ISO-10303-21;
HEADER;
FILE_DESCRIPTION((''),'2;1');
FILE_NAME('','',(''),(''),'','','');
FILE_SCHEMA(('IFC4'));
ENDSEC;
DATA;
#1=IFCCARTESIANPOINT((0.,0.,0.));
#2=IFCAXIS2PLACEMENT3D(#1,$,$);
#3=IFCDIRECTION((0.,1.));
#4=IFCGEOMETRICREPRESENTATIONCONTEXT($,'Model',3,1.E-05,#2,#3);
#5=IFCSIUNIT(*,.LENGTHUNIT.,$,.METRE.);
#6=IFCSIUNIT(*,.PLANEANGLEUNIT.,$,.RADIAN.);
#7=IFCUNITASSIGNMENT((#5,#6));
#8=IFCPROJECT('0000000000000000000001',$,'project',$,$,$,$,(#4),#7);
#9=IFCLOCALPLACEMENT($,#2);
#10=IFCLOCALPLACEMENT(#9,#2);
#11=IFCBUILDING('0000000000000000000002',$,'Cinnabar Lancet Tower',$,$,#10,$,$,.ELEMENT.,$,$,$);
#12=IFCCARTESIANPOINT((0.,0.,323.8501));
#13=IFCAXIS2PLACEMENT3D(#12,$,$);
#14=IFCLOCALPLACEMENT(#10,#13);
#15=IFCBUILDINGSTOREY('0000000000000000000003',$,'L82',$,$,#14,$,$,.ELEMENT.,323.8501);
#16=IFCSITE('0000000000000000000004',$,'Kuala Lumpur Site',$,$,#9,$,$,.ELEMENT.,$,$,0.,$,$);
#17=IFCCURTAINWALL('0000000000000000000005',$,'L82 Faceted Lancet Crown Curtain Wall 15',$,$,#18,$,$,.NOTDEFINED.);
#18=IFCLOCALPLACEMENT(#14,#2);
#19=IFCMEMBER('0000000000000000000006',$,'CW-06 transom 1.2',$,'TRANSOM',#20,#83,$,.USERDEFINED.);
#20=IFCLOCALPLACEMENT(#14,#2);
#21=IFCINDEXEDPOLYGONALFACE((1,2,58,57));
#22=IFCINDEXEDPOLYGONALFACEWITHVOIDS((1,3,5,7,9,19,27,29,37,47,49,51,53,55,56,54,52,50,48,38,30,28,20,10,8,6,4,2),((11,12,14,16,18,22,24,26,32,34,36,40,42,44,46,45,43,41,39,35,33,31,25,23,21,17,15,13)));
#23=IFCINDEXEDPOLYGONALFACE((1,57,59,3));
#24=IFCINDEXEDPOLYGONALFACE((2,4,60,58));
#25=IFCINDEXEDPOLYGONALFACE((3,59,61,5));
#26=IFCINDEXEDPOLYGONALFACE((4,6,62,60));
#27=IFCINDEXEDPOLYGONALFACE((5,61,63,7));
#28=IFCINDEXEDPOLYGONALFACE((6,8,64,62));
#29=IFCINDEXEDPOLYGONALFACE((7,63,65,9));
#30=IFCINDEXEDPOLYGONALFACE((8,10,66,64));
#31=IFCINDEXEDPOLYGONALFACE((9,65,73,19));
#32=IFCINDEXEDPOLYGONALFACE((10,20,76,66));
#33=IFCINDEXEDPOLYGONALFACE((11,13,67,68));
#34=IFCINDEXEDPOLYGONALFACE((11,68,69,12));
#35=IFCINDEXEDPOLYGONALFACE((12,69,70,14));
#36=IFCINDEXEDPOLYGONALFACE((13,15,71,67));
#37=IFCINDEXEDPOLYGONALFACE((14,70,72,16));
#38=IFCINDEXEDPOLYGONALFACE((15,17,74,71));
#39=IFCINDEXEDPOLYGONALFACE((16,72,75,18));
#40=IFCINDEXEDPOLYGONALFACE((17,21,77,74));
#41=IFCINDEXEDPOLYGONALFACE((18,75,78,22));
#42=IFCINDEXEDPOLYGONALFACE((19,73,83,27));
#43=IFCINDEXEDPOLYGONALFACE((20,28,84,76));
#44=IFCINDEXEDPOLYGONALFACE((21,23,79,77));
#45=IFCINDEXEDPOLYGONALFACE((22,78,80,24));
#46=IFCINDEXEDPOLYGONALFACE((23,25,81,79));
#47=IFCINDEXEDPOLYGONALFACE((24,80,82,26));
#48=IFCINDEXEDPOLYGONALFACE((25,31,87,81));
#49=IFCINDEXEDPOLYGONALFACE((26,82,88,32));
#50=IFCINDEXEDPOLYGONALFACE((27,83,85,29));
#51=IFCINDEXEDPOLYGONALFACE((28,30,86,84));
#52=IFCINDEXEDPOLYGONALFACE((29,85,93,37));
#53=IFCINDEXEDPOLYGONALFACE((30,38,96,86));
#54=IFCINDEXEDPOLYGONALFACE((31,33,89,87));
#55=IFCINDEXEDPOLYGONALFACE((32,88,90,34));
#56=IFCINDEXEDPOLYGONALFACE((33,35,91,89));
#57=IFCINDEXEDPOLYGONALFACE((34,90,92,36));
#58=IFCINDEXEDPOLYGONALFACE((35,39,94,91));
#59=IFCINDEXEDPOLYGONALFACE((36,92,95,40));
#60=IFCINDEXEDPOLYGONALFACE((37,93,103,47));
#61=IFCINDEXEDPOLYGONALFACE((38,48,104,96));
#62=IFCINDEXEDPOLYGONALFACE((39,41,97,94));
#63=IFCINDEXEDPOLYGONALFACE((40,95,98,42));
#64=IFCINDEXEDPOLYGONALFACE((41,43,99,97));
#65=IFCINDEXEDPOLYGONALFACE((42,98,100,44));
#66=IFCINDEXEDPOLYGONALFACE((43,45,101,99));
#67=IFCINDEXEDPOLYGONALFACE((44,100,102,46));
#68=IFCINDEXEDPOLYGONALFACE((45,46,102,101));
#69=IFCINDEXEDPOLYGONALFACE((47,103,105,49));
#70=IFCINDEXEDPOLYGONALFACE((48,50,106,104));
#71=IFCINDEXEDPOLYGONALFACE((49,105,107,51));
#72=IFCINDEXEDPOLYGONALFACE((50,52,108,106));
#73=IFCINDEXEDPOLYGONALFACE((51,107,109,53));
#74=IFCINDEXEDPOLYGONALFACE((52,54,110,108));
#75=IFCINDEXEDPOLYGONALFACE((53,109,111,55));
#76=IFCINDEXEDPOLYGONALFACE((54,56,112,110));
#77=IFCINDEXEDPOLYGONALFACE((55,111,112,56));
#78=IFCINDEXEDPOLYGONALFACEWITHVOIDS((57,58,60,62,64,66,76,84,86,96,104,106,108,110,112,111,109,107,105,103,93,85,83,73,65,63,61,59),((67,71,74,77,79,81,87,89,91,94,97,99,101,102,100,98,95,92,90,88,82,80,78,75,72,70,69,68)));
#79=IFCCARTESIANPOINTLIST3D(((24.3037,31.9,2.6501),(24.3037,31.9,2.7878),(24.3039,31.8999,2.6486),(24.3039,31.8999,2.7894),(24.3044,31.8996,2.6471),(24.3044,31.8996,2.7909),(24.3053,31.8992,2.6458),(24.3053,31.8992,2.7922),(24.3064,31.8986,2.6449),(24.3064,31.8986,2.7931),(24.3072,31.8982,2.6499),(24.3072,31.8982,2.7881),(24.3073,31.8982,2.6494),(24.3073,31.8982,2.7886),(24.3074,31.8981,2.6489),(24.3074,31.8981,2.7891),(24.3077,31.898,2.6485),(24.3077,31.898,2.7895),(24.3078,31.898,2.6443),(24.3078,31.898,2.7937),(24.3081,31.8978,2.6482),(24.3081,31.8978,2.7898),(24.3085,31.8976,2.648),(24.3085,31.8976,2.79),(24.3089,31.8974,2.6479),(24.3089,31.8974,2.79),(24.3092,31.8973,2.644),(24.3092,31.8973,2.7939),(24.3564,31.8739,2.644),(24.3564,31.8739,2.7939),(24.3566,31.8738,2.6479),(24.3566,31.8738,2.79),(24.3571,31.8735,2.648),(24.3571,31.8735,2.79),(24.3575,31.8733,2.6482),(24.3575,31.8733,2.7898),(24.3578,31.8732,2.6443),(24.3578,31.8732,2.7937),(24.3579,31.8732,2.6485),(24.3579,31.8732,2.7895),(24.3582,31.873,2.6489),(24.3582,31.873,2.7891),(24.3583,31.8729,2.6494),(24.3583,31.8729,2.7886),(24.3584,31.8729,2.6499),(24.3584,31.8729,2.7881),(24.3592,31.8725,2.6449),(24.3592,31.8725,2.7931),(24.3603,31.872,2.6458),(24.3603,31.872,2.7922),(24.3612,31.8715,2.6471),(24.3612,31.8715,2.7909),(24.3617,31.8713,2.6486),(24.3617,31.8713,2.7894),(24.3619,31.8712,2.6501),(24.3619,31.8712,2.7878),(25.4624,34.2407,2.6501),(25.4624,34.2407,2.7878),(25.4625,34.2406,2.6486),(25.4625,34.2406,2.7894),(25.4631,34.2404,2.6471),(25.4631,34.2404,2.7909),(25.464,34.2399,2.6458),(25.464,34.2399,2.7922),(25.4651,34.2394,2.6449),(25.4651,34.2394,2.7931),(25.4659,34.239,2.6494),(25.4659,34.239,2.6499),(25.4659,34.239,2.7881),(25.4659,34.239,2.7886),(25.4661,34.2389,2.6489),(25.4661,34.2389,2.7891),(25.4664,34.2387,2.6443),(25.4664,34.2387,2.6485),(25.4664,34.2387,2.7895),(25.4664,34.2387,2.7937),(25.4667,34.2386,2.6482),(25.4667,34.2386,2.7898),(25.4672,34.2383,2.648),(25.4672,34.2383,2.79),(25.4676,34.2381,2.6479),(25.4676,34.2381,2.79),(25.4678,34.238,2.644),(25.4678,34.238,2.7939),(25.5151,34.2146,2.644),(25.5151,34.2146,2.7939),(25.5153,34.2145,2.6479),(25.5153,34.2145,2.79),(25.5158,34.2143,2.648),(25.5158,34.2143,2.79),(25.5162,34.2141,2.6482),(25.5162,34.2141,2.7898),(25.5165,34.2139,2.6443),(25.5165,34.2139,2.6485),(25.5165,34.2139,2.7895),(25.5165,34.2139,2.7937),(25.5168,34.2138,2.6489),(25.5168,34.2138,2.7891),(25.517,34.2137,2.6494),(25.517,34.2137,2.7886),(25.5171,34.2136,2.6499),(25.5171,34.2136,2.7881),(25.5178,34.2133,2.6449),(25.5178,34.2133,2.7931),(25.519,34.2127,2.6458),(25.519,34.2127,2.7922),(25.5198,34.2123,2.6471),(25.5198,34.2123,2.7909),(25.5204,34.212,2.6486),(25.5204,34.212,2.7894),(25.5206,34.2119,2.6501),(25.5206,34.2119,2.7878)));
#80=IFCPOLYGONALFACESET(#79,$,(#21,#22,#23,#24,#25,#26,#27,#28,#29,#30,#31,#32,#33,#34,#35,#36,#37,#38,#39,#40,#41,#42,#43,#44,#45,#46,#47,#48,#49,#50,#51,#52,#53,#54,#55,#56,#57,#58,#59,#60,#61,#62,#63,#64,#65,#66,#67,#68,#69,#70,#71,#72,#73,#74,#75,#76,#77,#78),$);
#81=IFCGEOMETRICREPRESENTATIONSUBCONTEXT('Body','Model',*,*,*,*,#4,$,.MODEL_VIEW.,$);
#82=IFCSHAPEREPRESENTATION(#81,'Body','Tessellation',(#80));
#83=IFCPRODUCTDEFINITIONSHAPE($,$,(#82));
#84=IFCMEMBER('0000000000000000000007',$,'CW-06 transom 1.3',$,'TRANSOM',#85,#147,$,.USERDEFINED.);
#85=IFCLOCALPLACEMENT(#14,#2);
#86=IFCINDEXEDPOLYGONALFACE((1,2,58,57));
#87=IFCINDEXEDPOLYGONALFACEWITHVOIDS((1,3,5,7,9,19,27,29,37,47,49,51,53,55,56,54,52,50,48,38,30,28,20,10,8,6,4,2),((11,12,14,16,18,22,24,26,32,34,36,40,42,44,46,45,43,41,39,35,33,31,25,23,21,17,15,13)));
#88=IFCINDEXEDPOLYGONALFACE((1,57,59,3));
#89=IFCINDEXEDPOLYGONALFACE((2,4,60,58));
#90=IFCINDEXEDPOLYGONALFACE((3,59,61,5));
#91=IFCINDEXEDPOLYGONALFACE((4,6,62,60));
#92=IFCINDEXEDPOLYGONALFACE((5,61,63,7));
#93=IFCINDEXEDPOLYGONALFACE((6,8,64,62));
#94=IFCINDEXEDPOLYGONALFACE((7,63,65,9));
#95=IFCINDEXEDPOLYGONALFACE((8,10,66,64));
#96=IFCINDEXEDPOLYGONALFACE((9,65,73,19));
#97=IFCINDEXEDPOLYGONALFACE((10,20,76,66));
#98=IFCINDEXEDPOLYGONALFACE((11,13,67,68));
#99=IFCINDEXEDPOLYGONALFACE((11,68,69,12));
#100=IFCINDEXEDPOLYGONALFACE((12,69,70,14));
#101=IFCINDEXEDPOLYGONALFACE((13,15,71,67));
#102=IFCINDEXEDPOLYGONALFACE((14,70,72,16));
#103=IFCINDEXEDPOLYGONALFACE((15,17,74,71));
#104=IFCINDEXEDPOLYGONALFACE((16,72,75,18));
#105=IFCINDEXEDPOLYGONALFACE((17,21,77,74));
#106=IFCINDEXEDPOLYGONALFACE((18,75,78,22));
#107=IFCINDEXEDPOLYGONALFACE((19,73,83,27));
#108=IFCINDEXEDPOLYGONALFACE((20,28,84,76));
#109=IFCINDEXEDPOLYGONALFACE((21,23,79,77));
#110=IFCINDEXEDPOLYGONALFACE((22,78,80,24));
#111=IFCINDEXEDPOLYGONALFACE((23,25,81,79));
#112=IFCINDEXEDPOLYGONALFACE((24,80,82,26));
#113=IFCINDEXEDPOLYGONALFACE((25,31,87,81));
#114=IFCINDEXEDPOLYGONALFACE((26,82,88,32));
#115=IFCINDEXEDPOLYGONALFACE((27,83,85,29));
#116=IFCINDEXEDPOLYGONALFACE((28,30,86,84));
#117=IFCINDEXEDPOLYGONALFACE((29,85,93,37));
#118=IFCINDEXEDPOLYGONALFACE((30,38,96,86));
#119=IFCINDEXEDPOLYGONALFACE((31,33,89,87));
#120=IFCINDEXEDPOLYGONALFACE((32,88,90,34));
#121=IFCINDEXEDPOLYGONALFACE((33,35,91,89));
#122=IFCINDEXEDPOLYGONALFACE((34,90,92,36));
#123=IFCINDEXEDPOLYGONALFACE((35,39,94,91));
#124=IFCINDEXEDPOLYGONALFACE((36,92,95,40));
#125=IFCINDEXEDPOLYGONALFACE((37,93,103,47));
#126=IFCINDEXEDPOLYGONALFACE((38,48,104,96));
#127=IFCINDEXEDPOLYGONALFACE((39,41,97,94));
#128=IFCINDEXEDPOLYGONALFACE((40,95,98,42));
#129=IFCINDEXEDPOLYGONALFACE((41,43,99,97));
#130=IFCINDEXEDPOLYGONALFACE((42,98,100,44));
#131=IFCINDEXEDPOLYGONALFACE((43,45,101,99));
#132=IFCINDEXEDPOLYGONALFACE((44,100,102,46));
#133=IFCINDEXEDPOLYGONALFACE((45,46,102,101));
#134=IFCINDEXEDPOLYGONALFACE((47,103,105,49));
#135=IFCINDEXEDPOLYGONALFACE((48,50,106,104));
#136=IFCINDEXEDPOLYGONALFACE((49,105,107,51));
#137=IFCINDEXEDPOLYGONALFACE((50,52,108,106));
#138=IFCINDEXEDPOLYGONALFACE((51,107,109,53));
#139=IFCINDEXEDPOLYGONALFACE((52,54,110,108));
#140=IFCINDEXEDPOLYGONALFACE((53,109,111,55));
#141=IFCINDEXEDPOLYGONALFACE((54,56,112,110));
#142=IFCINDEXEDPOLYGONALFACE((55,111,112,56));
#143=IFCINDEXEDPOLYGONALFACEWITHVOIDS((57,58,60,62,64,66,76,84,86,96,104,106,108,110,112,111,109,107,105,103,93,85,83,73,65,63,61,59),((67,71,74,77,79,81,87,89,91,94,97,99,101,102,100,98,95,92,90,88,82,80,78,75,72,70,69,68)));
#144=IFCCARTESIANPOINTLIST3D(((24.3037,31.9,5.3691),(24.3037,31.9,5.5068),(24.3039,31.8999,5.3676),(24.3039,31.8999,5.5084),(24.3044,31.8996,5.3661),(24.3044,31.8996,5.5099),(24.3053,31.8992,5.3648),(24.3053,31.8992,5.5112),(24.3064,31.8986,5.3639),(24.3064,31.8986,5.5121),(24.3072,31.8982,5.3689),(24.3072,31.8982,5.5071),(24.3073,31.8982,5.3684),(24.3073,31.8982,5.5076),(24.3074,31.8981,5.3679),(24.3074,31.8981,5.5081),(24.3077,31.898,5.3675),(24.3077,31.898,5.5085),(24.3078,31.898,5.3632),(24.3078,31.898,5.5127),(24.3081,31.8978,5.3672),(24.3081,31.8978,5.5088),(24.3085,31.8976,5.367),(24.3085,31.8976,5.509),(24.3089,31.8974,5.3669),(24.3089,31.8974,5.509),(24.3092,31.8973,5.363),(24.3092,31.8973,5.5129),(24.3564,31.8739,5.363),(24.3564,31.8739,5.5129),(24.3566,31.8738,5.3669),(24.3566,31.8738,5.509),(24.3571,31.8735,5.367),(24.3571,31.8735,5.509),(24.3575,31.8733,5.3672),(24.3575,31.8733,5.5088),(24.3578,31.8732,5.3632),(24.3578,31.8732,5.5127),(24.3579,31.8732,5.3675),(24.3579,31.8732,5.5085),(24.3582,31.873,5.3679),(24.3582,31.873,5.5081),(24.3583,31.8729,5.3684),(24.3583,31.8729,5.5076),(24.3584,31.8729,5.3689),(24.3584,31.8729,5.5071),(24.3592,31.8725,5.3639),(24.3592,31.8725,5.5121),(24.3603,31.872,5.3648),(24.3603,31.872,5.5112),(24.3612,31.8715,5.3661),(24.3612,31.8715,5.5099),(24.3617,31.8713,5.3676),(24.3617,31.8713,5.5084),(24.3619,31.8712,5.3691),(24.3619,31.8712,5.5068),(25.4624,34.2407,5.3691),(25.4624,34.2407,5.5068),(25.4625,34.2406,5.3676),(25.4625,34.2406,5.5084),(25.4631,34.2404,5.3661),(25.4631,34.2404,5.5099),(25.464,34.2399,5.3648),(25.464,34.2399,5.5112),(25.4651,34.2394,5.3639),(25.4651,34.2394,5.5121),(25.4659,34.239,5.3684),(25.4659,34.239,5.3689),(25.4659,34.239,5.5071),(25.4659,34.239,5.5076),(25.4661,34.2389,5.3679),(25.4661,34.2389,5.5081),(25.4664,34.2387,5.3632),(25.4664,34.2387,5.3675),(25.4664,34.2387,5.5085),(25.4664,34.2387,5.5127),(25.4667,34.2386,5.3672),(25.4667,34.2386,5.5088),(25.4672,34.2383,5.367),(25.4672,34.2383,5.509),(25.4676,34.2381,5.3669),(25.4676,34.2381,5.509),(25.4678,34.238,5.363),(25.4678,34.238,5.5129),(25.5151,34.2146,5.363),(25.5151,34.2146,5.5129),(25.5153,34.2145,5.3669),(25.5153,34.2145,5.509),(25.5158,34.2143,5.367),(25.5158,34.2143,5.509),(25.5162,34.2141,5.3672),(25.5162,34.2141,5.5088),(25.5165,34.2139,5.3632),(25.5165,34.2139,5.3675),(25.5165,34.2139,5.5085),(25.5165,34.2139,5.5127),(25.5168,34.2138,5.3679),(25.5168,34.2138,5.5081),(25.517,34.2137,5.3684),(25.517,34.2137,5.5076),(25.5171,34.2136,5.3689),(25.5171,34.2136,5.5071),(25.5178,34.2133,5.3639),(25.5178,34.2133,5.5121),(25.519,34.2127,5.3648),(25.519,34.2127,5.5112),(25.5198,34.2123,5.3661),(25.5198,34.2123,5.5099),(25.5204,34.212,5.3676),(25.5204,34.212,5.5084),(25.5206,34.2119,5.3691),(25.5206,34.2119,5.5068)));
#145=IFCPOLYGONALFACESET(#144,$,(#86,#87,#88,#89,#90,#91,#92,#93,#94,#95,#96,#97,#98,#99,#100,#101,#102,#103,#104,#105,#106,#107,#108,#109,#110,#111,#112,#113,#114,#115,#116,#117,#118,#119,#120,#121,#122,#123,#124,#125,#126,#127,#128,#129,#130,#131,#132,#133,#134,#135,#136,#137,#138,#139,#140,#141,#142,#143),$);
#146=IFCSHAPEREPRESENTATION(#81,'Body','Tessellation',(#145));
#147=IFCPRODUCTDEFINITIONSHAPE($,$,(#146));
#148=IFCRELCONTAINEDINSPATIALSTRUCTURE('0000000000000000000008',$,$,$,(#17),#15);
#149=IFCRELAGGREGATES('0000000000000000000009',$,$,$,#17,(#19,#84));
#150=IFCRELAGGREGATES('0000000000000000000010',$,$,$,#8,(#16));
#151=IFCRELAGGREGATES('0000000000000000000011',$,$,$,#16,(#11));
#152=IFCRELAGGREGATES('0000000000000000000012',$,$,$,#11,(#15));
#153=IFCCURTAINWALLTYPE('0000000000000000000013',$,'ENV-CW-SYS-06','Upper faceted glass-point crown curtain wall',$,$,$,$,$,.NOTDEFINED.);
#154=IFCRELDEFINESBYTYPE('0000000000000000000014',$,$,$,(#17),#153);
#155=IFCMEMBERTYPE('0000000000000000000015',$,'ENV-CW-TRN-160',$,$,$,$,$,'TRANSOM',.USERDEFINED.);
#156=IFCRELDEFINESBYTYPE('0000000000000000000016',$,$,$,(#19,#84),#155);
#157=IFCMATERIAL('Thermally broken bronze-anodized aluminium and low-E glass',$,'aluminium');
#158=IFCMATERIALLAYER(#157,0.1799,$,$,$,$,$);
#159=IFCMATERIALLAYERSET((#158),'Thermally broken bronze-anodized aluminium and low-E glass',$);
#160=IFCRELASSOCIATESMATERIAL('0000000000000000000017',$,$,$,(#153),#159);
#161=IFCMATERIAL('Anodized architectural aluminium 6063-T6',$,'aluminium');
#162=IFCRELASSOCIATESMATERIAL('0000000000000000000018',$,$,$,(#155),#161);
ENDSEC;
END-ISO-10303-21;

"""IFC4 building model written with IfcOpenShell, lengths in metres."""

from ifc_helpers import new_model, si_unit, direction, frame, origin, origin_2d, place, context, subcontext, project, spatial, hollow_rectangle, extrude, material, layer, layer_set, material_profile, profile_set, type_object, element, aggregate, save


model = new_model("IFC4")

# Units and contexts
model_context = context("Model", 3, precision=1e-05, world=origin(), true_north=direction((0.0, 1.0)))
body_context = subcontext(model_context, "Body", "Model", "MODEL_VIEW")
ifc_project = project(units=[si_unit("LENGTHUNIT", "METRE"), si_unit("PLANEANGLEUNIT", "RADIAN")], contexts=[model_context])

# Site, building, storey
site_placement = place(None, origin())
site = spatial("IfcSite", under=ifc_project, at=site_placement, Name="Kuala Lumpur Site", CompositionType="ELEMENT", RefElevation=0.0)
building_placement = place(site_placement, origin())
building = spatial("IfcBuilding", under=site, at=building_placement, Name="Cinnabar Lancet Tower", CompositionType="ELEMENT")
storey_placement = place(building_placement, frame((0.0, 0.0, 323.8501)))
storey = spatial("IfcBuildingStorey", under=building, at=storey_placement, Name="L82", CompositionType="ELEMENT", Elevation=323.8501)

# Shared definitions
ifc_material_1 = material(Name="Thermally broken bronze-anodized aluminium and low-E glass", Category="aluminium")
ifc_layer_1 = layer(ifc_material_1, 0.1799)
ifc_layer_set_1 = layer_set([ifc_layer_1], Name="Thermally broken bronze-anodized aluminium and low-E glass")
curtain_wall_type = type_object("IfcCurtainWallType", Name="ENV-CW-SYS-06", Description="Upper faceted glass-point crown curtain wall", PredefinedType="NOTDEFINED", material=ifc_layer_set_1)

# Curtain wall
curtain_wall_1_placement = place(storey_placement, origin())
curtain_wall_1 = element("IfcCurtainWall", 1, at=curtain_wall_1_placement, inside=storey, type_object=curtain_wall_type, Name="L82 Faceted Lancet Crown Curtain Wall 15", PredefinedType="NOTDEFINED")

# Members
ifc_material_2 = material(Name="Anodized architectural aluminium 6063-T6", Category="aluminium")
ifc_material_profile_1 = material_profile(ifc_material_2, hollow_rectangle(XDim=0.0649, YDim=0.1499, WallThickness=0.0039, InnerFilletRadius=0.002, OuterFilletRadius=0.0061, at=origin_2d()), Name="CW-TRN 150x65x4")
ifc_profile_set_1 = profile_set([ifc_material_profile_1], Name="Anodized architectural aluminium 6063-T6")
member_type_1 = type_object("IfcMemberType", Name="ENV-CW-TRN-160", ElementType="TRANSOM", PredefinedType="USERDEFINED", material=ifc_profile_set_1)
member_1_placement = place(storey_placement, frame((25.4915, 34.2263, 2.719), z_axis=(-0.443621, -0.896215, 0.0), x_axis=(0.896215, -0.443621, 0.0)))
member_1 = element("IfcMember", 2, at=member_1_placement, type_object=member_type_1, Name="CW-06 transom 1.2", ObjectType="TRANSOM", PredefinedType="USERDEFINED", context=body_context, shape_type="SweptSolid", body=[
    extrude(hollow_rectangle(XDim=0.0649, YDim=0.1499, WallThickness=0.0039, InnerFilletRadius=0.002, OuterFilletRadius=0.0061, at=origin_2d()), origin(), (0.0, 0.0, 1.0), 2.6118),
])
member_2_placement = place(storey_placement, frame((25.4915, 34.2263, 5.438), z_axis=(-0.443621, -0.896215, 0.0), x_axis=(0.896215, -0.443621, 0.0)))
member_2 = element("IfcMember", 3, at=member_2_placement, type_object=member_type_1, Name="CW-06 transom 1.3", ObjectType="TRANSOM", PredefinedType="USERDEFINED", context=body_context, shape_type="SweptSolid", body=[
    extrude(hollow_rectangle(XDim=0.0649, YDim=0.1499, WallThickness=0.0039, InnerFilletRadius=0.002, OuterFilletRadius=0.0061, at=origin_2d()), origin(), (0.0, 0.0, 1.0), 2.6118),
])
aggregate(curtain_wall_1, [member_1, member_2])

save(model, "model.ifc")
